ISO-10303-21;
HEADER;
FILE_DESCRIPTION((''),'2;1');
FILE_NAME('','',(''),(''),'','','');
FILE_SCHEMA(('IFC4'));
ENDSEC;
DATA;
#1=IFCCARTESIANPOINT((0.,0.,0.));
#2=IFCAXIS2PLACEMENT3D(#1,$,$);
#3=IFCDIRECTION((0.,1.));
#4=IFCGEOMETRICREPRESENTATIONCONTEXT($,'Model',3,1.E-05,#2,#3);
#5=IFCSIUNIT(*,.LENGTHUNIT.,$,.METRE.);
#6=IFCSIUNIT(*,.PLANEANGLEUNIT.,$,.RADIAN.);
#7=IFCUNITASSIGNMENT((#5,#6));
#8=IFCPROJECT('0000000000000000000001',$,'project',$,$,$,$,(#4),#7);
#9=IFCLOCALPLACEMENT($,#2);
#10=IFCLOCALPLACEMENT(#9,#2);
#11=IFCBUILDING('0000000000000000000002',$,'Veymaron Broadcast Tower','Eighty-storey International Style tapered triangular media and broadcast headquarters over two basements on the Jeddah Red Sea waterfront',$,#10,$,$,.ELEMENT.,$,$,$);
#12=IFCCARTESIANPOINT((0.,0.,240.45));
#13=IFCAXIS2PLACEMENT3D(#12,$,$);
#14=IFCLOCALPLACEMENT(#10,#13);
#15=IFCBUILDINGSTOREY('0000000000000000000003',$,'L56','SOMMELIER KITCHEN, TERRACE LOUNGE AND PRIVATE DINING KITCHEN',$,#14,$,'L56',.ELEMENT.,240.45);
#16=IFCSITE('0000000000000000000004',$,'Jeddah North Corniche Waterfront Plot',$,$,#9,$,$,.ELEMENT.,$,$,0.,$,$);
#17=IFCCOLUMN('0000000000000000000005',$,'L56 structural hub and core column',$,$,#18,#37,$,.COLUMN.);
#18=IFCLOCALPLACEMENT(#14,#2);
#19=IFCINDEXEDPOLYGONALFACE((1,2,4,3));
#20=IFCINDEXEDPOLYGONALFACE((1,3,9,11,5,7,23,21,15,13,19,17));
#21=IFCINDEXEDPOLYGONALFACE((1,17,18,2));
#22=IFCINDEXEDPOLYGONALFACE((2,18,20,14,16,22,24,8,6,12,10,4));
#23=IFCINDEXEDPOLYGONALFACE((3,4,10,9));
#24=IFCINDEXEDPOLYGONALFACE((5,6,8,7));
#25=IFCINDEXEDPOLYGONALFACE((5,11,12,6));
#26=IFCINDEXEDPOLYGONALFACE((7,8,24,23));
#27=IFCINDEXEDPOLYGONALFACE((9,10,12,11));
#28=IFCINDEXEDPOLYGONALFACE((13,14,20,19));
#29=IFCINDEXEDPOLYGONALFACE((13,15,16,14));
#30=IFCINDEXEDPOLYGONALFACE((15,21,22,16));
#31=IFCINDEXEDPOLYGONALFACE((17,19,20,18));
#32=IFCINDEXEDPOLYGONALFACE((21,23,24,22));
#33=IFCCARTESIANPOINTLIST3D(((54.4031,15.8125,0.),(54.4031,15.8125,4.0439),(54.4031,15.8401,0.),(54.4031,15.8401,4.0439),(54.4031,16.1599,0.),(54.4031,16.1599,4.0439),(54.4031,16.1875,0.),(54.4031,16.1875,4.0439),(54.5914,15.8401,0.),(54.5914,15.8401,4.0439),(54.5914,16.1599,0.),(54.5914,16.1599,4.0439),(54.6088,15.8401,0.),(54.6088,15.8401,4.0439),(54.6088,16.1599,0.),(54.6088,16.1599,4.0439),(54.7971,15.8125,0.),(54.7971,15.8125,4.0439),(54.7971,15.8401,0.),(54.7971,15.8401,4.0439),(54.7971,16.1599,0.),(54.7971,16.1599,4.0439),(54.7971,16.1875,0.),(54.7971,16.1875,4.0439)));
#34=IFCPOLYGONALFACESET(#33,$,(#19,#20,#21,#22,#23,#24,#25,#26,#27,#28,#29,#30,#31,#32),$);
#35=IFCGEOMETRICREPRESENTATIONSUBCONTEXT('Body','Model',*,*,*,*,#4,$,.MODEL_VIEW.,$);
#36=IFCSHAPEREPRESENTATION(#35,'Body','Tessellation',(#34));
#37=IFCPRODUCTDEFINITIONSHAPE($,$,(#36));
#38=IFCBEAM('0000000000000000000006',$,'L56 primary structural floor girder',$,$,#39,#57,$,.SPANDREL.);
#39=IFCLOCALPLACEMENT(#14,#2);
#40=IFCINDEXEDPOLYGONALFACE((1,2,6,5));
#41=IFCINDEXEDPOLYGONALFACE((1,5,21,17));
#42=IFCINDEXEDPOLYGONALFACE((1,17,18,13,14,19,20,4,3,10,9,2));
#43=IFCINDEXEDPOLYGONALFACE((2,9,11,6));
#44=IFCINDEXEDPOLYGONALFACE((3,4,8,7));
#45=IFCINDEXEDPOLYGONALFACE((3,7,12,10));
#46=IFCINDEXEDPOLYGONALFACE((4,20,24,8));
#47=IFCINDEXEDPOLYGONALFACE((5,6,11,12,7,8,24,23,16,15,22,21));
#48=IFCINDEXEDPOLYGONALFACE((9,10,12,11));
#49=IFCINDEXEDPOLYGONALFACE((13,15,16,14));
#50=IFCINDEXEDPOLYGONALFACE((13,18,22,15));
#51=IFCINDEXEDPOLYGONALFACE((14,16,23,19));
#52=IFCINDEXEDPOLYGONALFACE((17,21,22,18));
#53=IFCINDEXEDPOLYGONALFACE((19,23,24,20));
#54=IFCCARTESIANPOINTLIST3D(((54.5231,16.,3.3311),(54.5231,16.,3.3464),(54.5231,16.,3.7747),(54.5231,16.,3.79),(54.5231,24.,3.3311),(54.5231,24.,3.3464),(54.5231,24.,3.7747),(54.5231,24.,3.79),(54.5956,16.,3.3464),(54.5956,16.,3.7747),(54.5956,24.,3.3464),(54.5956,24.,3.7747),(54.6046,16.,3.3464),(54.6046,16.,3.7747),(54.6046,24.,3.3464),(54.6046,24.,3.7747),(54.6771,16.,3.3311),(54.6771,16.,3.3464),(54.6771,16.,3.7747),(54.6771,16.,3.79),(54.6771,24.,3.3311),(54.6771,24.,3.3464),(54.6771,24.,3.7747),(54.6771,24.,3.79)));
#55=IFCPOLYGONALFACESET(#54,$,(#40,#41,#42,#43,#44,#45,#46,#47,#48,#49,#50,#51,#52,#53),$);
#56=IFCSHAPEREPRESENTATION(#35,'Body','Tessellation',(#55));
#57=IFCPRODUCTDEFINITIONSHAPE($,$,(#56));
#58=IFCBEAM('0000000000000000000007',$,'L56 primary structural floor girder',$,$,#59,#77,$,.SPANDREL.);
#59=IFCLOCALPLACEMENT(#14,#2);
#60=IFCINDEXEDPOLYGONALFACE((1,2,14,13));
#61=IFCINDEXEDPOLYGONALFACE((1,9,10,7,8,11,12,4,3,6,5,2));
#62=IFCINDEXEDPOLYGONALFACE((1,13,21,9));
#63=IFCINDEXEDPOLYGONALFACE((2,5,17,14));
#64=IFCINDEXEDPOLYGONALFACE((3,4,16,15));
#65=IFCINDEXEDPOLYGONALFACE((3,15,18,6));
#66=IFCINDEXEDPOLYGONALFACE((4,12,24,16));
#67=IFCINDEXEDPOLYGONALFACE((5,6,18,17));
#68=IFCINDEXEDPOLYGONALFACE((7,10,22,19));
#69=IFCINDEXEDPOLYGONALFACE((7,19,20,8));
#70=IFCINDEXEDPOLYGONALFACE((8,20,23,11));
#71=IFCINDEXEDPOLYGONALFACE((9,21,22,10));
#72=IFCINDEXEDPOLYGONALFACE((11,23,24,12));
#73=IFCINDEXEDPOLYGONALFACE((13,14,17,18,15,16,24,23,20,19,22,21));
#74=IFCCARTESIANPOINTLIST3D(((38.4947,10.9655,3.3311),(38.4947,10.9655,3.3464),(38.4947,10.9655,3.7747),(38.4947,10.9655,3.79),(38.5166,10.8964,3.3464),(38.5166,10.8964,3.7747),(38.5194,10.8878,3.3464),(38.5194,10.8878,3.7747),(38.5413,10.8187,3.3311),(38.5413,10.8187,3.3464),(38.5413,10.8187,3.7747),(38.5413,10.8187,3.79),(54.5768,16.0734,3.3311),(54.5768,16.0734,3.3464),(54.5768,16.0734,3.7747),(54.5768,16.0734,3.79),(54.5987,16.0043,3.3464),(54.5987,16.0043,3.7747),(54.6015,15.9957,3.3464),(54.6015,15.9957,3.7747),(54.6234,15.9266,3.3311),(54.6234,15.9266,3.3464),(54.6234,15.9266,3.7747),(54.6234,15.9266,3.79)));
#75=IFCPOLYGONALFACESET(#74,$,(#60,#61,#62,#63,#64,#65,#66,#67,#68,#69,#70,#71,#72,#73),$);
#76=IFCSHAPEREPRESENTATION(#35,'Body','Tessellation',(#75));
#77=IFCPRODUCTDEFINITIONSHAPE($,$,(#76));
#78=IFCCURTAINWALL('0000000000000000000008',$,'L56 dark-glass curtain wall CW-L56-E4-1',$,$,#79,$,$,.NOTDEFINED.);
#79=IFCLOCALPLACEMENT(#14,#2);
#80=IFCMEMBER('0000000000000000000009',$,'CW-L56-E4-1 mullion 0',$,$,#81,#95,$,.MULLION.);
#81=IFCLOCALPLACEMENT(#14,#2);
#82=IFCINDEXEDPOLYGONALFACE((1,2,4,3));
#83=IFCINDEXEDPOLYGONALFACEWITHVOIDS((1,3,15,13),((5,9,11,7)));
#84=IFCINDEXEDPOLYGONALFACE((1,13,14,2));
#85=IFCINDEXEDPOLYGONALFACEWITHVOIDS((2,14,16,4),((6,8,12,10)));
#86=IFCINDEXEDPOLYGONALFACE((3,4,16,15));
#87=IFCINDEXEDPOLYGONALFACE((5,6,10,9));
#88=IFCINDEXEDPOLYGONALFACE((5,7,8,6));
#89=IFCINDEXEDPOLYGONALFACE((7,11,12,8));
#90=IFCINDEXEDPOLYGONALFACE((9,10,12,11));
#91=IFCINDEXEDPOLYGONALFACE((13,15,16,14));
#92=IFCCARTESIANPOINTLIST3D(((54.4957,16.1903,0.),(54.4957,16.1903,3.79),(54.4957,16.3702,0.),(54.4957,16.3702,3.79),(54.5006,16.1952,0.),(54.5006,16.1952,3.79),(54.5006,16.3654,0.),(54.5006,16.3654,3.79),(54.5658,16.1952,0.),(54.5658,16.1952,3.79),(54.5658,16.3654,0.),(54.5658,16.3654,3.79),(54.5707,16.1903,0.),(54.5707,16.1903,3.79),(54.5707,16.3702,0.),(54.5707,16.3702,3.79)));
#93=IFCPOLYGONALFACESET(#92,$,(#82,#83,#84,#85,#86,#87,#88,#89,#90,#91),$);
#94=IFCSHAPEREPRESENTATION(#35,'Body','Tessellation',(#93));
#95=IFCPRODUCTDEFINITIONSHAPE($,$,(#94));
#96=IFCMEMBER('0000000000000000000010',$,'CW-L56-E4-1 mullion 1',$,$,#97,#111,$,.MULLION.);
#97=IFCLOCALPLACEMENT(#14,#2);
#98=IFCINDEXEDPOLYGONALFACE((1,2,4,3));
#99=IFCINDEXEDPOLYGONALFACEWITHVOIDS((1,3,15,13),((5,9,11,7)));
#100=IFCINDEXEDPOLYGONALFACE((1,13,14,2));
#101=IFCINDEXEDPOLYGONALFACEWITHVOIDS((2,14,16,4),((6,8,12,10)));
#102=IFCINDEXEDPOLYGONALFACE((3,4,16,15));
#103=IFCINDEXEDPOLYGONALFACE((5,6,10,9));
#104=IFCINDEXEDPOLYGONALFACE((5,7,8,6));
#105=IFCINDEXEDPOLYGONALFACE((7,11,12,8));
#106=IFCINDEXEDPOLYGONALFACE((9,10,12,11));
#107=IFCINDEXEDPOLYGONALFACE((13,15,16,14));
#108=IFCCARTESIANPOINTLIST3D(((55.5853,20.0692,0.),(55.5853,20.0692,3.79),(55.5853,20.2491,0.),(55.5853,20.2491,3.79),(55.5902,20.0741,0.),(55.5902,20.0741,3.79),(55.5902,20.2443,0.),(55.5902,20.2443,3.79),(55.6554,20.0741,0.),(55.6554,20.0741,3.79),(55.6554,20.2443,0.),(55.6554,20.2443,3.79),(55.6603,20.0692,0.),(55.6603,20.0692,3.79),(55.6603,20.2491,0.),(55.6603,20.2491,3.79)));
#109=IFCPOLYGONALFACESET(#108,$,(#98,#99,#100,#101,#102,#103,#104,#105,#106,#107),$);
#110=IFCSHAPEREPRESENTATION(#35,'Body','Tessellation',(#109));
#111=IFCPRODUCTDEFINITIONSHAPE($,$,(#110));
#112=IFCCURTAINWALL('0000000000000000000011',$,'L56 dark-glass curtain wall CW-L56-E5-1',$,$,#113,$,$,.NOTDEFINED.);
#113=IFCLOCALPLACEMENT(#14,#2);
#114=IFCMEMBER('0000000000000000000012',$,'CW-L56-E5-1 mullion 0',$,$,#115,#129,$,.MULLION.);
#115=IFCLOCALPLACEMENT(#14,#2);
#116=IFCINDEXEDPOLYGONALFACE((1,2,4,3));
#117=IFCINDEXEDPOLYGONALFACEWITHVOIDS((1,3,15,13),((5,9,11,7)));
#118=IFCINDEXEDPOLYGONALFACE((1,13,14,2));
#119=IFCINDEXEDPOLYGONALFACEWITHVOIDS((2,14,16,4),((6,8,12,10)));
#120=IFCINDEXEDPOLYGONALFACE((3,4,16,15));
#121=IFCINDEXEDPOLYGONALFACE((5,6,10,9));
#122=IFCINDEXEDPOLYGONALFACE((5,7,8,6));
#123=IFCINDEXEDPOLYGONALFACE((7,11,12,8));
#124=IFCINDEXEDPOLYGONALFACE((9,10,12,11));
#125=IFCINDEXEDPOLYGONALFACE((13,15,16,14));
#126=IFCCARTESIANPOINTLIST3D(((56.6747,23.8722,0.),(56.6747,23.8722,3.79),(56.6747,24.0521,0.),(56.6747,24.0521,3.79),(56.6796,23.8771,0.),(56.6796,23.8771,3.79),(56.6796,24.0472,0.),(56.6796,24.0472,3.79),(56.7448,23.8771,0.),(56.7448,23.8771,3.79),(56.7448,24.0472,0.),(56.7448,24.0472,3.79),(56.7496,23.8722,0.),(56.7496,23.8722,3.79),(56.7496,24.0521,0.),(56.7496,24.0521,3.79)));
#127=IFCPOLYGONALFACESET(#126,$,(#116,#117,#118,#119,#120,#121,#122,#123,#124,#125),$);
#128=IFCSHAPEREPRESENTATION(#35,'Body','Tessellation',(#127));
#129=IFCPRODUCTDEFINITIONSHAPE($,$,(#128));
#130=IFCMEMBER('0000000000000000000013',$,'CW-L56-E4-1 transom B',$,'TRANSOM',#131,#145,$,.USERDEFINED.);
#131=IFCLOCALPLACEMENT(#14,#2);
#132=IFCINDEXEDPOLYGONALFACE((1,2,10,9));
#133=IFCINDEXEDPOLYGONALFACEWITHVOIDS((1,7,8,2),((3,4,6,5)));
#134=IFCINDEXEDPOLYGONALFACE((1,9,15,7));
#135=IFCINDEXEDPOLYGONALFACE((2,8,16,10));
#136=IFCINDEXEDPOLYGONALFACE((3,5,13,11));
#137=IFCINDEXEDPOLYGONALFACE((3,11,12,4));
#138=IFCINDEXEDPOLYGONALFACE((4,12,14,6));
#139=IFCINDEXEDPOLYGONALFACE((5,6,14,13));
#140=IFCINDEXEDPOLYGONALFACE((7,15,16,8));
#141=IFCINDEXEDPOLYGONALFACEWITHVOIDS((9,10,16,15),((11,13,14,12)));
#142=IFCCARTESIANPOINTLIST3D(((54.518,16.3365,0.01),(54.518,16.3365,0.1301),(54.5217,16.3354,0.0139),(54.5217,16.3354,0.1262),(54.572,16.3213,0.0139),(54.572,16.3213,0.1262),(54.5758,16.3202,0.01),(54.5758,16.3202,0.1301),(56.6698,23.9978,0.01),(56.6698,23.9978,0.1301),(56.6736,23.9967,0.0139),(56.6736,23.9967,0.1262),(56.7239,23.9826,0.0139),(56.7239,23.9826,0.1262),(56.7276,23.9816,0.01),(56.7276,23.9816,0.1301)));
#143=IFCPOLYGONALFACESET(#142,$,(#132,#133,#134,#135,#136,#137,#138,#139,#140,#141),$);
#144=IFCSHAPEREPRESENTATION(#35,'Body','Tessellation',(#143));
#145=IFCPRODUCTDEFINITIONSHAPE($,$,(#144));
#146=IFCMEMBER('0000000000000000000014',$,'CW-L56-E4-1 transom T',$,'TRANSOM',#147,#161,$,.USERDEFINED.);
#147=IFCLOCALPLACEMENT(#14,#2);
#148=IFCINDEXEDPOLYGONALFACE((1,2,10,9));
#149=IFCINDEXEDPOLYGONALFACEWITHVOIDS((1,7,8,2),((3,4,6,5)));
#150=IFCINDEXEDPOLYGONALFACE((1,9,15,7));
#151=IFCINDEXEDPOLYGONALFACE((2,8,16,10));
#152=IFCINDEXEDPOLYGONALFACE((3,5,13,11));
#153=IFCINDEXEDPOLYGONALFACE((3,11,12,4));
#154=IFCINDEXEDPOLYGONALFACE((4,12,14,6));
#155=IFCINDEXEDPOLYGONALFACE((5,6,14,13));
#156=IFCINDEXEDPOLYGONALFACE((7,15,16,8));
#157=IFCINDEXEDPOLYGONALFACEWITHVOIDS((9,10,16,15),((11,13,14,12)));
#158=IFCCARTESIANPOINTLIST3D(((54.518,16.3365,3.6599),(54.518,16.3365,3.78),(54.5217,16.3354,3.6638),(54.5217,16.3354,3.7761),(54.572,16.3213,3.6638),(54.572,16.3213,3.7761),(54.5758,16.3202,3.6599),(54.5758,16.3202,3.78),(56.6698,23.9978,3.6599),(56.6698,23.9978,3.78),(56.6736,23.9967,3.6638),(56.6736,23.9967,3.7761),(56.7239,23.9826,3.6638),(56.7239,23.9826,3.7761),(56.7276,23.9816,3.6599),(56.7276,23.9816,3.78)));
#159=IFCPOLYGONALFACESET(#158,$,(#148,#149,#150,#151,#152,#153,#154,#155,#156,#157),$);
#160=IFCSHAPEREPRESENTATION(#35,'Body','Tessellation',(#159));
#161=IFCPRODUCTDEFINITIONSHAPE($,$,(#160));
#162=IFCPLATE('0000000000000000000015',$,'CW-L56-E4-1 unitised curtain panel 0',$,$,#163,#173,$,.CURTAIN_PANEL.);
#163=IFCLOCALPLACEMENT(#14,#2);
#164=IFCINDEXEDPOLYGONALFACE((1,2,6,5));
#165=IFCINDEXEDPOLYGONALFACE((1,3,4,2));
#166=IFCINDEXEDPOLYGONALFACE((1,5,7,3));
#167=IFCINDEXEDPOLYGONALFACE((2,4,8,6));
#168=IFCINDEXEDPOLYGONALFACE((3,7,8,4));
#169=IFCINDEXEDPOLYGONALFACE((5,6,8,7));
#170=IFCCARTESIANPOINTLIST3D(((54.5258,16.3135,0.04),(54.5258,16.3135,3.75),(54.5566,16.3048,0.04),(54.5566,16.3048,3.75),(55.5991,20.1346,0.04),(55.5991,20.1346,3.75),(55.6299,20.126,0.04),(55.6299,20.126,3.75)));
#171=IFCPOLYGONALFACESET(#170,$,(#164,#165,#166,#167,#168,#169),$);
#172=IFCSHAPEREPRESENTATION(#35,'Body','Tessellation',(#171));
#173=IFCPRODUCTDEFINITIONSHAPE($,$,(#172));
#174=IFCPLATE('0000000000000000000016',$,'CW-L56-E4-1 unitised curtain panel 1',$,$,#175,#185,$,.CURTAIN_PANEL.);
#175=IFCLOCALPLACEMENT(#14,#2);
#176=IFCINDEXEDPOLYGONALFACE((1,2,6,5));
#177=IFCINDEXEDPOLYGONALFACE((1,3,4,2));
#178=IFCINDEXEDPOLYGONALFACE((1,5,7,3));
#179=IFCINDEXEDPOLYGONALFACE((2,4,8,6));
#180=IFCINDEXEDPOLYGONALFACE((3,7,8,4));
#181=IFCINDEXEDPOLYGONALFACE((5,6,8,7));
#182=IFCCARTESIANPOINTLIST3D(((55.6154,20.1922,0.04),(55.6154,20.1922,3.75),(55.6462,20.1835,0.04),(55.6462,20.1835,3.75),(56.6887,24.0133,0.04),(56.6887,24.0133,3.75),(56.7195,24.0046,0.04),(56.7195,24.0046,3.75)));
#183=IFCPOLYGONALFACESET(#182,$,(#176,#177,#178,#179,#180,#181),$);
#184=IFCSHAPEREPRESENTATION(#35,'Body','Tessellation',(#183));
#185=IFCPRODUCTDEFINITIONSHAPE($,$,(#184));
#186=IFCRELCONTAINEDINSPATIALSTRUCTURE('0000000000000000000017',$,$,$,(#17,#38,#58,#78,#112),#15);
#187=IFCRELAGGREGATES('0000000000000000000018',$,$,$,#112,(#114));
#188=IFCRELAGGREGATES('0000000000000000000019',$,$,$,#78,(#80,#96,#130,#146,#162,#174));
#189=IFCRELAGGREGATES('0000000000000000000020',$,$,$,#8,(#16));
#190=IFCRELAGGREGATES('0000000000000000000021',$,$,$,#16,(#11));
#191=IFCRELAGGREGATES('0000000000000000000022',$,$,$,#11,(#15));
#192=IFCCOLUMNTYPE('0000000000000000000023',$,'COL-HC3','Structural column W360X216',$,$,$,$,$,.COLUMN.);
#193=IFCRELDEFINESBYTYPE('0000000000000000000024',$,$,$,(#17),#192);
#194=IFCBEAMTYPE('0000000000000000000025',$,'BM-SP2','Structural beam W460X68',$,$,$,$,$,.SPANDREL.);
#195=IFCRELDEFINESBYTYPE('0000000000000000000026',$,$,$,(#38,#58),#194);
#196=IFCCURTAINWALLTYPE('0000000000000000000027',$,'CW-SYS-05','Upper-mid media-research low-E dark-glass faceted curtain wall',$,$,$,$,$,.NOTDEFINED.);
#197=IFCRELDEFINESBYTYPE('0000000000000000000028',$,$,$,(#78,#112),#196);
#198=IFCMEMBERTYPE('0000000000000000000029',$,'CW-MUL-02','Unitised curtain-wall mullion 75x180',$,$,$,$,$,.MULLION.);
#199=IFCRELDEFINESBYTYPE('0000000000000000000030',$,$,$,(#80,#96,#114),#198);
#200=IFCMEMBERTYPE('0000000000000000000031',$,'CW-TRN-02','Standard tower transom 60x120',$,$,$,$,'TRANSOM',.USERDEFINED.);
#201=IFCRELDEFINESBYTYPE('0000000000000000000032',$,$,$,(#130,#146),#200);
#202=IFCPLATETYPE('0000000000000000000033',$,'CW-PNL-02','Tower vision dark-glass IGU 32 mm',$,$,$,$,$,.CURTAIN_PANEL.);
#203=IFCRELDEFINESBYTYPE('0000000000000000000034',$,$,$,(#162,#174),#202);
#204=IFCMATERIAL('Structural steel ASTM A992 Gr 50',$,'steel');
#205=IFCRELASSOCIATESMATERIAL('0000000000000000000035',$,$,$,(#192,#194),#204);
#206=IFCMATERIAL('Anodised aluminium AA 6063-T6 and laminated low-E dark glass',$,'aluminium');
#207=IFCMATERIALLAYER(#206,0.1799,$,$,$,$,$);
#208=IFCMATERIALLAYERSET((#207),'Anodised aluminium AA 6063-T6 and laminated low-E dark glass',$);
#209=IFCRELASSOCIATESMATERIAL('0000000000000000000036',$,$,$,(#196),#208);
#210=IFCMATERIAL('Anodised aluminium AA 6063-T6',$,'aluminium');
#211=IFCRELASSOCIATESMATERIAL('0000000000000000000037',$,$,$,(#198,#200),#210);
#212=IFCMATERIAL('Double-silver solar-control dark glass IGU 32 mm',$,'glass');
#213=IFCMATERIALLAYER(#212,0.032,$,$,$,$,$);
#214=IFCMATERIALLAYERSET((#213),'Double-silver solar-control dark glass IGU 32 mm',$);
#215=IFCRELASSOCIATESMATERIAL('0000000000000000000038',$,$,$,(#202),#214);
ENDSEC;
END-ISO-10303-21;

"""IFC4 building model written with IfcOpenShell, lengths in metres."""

from ifc_helpers import new_model, si_unit, direction, frame, origin, origin_2d, place, context, subcontext, project, spatial, rectangle, hollow_rectangle, i_section, extrude, material, layer, layer_set, material_profile, profile_set, type_object, element, aggregate, save


model = new_model("IFC4")

# Units and contexts
model_context = context("Model", 3, precision=1e-05, world=origin(), true_north=direction((0.0, 1.0)))
body_context = subcontext(model_context, "Body", "Model", "MODEL_VIEW")
ifc_project = project(units=[si_unit("LENGTHUNIT", "METRE"), si_unit("PLANEANGLEUNIT", "RADIAN")], contexts=[model_context])

# Site, building, storey
site_placement = place(None, origin())
site = spatial("IfcSite", under=ifc_project, at=site_placement, Name="Jeddah North Corniche Waterfront Plot", CompositionType="ELEMENT", RefElevation=0.0)
building_placement = place(site_placement, origin())
building = spatial("IfcBuilding", under=site, at=building_placement, Name="Veymaron Broadcast Tower", Description="Eighty-storey International Style tapered triangular media and broadcast headquarters over two basements on the Jeddah Red Sea waterfront", CompositionType="ELEMENT")
storey_placement = place(building_placement, frame((0.0, 0.0, 240.45)))
storey = spatial("IfcBuildingStorey", under=building, at=storey_placement, Name="L56", Description="SOMMELIER KITCHEN, TERRACE LOUNGE AND PRIVATE DINING KITCHEN", LongName="L56", CompositionType="ELEMENT", Elevation=240.45)

# Column
ifc_material_1 = material(Name="Structural steel ASTM A992 Gr 50", Category="steel")
ifc_material_profile_1 = material_profile(ifc_material_1, i_section(OverallWidth=0.394, OverallDepth=0.375, WebThickness=0.0173, FlangeThickness=0.0276, at=origin_2d()), Name="W360X216")
ifc_profile_set_1 = profile_set([ifc_material_profile_1], Name="Structural steel ASTM A992 Gr 50")
column_type = type_object("IfcColumnType", Name="COL-HC3", Description="Structural column W360X216", PredefinedType="COLUMN", material=ifc_profile_set_1)
column_placement = place(storey_placement, frame((54.6001, 16.0, 0.0), z_axis=(0.0, 0.0, 1.0), x_axis=(1.0, 0.0, 0.0)))
element("IfcColumn", 1, at=column_placement, inside=storey, type_object=column_type, Name="L56 structural hub and core column", PredefinedType="COLUMN", context=body_context, shape_type="SweptSolid", body=[
    extrude(i_section(OverallWidth=0.394, OverallDepth=0.375, WebThickness=0.0173, FlangeThickness=0.0276, at=origin_2d()), origin(), (0.0, 0.0, 1.0), 4.0439),
])

# Beams
ifc_material_profile_2 = material_profile(ifc_material_1, i_section(OverallWidth=0.1541, OverallDepth=0.459, WebThickness=0.009, FlangeThickness=0.0154, at=origin_2d()), Name="W460X68")
ifc_profile_set_2 = profile_set([ifc_material_profile_2], Name="Structural steel ASTM A992 Gr 50")
beam_type = type_object("IfcBeamType", Name="BM-SP2", Description="Structural beam W460X68", PredefinedType="SPANDREL", material=ifc_profile_set_2)
beam_1_placement = place(storey_placement, frame((54.6001, 16.0, 3.5605), z_axis=(0.0, 1.0, 0.0), x_axis=(-1.0, 0.0, 0.0)))
element("IfcBeam", 2, at=beam_1_placement, inside=storey, type_object=beam_type, Name="L56 primary structural floor girder", PredefinedType="SPANDREL", context=body_context, shape_type="SweptSolid", body=[
    extrude(i_section(OverallWidth=0.1541, OverallDepth=0.459, WebThickness=0.009, FlangeThickness=0.0154, at=origin_2d()), origin(), (0.0, 0.0, 1.0), 8.0),
])
beam_2_placement = place(storey_placement, frame((54.6001, 16.0, 3.5605), z_axis=(-0.953081, -0.302714, 0.0), x_axis=(0.302714, -0.953081, 0.0)))
element("IfcBeam", 3, at=beam_2_placement, inside=storey, type_object=beam_type, Name="L56 primary structural floor girder", PredefinedType="SPANDREL", context=body_context, shape_type="SweptSolid", body=[
    extrude(i_section(OverallWidth=0.1541, OverallDepth=0.459, WebThickness=0.009, FlangeThickness=0.0154, at=origin_2d()), origin(), (0.0, 0.0, 1.0), 16.8738),
])

# Curtain wall, members
ifc_material_2 = material(Name="Anodised aluminium AA 6063-T6 and laminated low-E dark glass", Category="aluminium")
ifc_layer_1 = layer(ifc_material_2, 0.1799)
ifc_layer_set_1 = layer_set([ifc_layer_1], Name="Anodised aluminium AA 6063-T6 and laminated low-E dark glass")
curtain_wall_type = type_object("IfcCurtainWallType", Name="CW-SYS-05", Description="Upper-mid media-research low-E dark-glass faceted curtain wall", PredefinedType="NOTDEFINED", material=ifc_layer_set_1)
curtain_wall_1_placement = place(storey_placement, origin())
curtain_wall_1 = element("IfcCurtainWall", 4, at=curtain_wall_1_placement, inside=storey, type_object=curtain_wall_type, Name="L56 dark-glass curtain wall CW-L56-E4-1", PredefinedType="NOTDEFINED")
ifc_material_3 = material(Name="Anodised aluminium AA 6063-T6", Category="aluminium")
ifc_material_profile_3 = material_profile(ifc_material_3, hollow_rectangle(XDim=0.075, YDim=0.1799, WallThickness=0.0049, at=origin_2d()), Name="AL180X75X5")
ifc_profile_set_3 = profile_set([ifc_material_profile_3], Name="Anodised aluminium AA 6063-T6")
member_type_1 = type_object("IfcMemberType", Name="CW-MUL-02", Description="Unitised curtain-wall mullion 75x180", PredefinedType="MULLION", material=ifc_profile_set_3)
member_1_placement = place(storey_placement, frame((54.5332, 16.2803, 0.0), z_axis=(0.0, 0.0, 1.0), x_axis=(1.0, 0.0, 0.0)))
member_1 = element("IfcMember", 5, at=member_1_placement, type_object=member_type_1, Name="CW-L56-E4-1 mullion 0", PredefinedType="MULLION", context=body_context, shape_type="SweptSolid", body=[
    extrude(hollow_rectangle(XDim=0.075, YDim=0.1799, WallThickness=0.0049, at=origin_2d()), origin(), (0.0, 0.0, 1.0), 3.79),
])
member_2_placement = place(storey_placement, frame((55.6228, 20.1592, 0.0), z_axis=(0.0, 0.0, 1.0), x_axis=(1.0, 0.0, 0.0)))
member_2 = element("IfcMember", 6, at=member_2_placement, type_object=member_type_1, Name="CW-L56-E4-1 mullion 1", PredefinedType="MULLION", context=body_context, shape_type="SweptSolid", body=[
    extrude(hollow_rectangle(XDim=0.075, YDim=0.1799, WallThickness=0.0049, at=origin_2d()), origin(), (0.0, 0.0, 1.0), 3.79),
])

# Curtain wall, member
curtain_wall_2_placement = place(storey_placement, origin())
curtain_wall_2 = element("IfcCurtainWall", 7, at=curtain_wall_2_placement, inside=storey, type_object=curtain_wall_type, Name="L56 dark-glass curtain wall CW-L56-E5-1", PredefinedType="NOTDEFINED")
member_3_placement = place(storey_placement, frame((56.7122, 23.9622, 0.0), z_axis=(0.0, 0.0, 1.0), x_axis=(1.0, 0.0, 0.0)))
member_3 = element("IfcMember", 8, at=member_3_placement, type_object=member_type_1, Name="CW-L56-E5-1 mullion 0", PredefinedType="MULLION", context=body_context, shape_type="SweptSolid", body=[
    extrude(hollow_rectangle(XDim=0.075, YDim=0.1799, WallThickness=0.0049, at=origin_2d()), origin(), (0.0, 0.0, 1.0), 3.79),
])
aggregate(curtain_wall_2, [member_3])

# Members
ifc_material_profile_4 = material_profile(ifc_material_3, hollow_rectangle(XDim=0.0601, YDim=0.1201, WallThickness=0.0039, at=origin_2d()), Name="AL120X60X4")
ifc_profile_set_4 = profile_set([ifc_material_profile_4], Name="Anodised aluminium AA 6063-T6")
member_type_2 = type_object("IfcMemberType", Name="CW-TRN-02", Description="Standard tower transom 60x120", ElementType="TRANSOM", PredefinedType="USERDEFINED", material=ifc_profile_set_4)
member_4_placement = place(storey_placement, frame((54.5469, 16.3284, 0.0701), z_axis=(0.270407, 0.962746, 0.0), x_axis=(-0.962746, 0.270407, 0.0)))
member_4 = element("IfcMember", 9, at=member_4_placement, type_object=member_type_2, Name="CW-L56-E4-1 transom B", ObjectType="TRANSOM", PredefinedType="USERDEFINED", context=body_context, shape_type="SweptSolid", body=[
    extrude(hollow_rectangle(XDim=0.0601, YDim=0.1201, WallThickness=0.0039, at=origin_2d()), origin(), (0.0, 0.0, 1.0), 7.9578),
])
member_5_placement = place(storey_placement, frame((54.5469, 16.3284, 3.72), z_axis=(0.270407, 0.962746, 0.0), x_axis=(-0.962746, 0.270407, 0.0)))
member_5 = element("IfcMember", 10, at=member_5_placement, type_object=member_type_2, Name="CW-L56-E4-1 transom T", ObjectType="TRANSOM", PredefinedType="USERDEFINED", context=body_context, shape_type="SweptSolid", body=[
    extrude(hollow_rectangle(XDim=0.0601, YDim=0.1201, WallThickness=0.0039, at=origin_2d()), origin(), (0.0, 0.0, 1.0), 7.9578),
])

# Plates
ifc_material_4 = material(Name="Double-silver solar-control dark glass IGU 32 mm", Category="glass")
ifc_layer_2 = layer(ifc_material_4, 0.032)
ifc_layer_set_2 = layer_set([ifc_layer_2], Name="Double-silver solar-control dark glass IGU 32 mm")
plate_type = type_object("IfcPlateType", Name="CW-PNL-02", Description="Tower vision dark-glass IGU 32 mm", PredefinedType="CURTAIN_PANEL", material=ifc_layer_set_2)
plate_1_placement = place(storey_placement, frame((55.0779, 18.2197, 0.04), z_axis=(0.0, 0.0, 1.0), x_axis=(0.270416, 0.962744, 0.0)))
plate_1 = element("IfcPlate", 11, at=plate_1_placement, type_object=plate_type, Name="CW-L56-E4-1 unitised curtain panel 0", PredefinedType="CURTAIN_PANEL", context=body_context, shape_type="SweptSolid", body=[
    extrude(rectangle(XDim=3.969, YDim=0.032, at=origin_2d()), origin(), (0.0, 0.0, 1.0), 3.71),
])
plate_2_placement = place(storey_placement, frame((56.1675, 22.0984, 0.04), z_axis=(0.0, 0.0, 1.0), x_axis=(0.270416, 0.962744, 0.0)))
plate_2 = element("IfcPlate", 12, at=plate_2_placement, type_object=plate_type, Name="CW-L56-E4-1 unitised curtain panel 1", PredefinedType="CURTAIN_PANEL", context=body_context, shape_type="SweptSolid", body=[
    extrude(rectangle(XDim=3.969, YDim=0.032, at=origin_2d()), origin(), (0.0, 0.0, 1.0), 3.71),
])
aggregate(curtain_wall_1, [member_1, member_2, member_4, member_5, plate_1, plate_2])

save(model, "model.ifc")
